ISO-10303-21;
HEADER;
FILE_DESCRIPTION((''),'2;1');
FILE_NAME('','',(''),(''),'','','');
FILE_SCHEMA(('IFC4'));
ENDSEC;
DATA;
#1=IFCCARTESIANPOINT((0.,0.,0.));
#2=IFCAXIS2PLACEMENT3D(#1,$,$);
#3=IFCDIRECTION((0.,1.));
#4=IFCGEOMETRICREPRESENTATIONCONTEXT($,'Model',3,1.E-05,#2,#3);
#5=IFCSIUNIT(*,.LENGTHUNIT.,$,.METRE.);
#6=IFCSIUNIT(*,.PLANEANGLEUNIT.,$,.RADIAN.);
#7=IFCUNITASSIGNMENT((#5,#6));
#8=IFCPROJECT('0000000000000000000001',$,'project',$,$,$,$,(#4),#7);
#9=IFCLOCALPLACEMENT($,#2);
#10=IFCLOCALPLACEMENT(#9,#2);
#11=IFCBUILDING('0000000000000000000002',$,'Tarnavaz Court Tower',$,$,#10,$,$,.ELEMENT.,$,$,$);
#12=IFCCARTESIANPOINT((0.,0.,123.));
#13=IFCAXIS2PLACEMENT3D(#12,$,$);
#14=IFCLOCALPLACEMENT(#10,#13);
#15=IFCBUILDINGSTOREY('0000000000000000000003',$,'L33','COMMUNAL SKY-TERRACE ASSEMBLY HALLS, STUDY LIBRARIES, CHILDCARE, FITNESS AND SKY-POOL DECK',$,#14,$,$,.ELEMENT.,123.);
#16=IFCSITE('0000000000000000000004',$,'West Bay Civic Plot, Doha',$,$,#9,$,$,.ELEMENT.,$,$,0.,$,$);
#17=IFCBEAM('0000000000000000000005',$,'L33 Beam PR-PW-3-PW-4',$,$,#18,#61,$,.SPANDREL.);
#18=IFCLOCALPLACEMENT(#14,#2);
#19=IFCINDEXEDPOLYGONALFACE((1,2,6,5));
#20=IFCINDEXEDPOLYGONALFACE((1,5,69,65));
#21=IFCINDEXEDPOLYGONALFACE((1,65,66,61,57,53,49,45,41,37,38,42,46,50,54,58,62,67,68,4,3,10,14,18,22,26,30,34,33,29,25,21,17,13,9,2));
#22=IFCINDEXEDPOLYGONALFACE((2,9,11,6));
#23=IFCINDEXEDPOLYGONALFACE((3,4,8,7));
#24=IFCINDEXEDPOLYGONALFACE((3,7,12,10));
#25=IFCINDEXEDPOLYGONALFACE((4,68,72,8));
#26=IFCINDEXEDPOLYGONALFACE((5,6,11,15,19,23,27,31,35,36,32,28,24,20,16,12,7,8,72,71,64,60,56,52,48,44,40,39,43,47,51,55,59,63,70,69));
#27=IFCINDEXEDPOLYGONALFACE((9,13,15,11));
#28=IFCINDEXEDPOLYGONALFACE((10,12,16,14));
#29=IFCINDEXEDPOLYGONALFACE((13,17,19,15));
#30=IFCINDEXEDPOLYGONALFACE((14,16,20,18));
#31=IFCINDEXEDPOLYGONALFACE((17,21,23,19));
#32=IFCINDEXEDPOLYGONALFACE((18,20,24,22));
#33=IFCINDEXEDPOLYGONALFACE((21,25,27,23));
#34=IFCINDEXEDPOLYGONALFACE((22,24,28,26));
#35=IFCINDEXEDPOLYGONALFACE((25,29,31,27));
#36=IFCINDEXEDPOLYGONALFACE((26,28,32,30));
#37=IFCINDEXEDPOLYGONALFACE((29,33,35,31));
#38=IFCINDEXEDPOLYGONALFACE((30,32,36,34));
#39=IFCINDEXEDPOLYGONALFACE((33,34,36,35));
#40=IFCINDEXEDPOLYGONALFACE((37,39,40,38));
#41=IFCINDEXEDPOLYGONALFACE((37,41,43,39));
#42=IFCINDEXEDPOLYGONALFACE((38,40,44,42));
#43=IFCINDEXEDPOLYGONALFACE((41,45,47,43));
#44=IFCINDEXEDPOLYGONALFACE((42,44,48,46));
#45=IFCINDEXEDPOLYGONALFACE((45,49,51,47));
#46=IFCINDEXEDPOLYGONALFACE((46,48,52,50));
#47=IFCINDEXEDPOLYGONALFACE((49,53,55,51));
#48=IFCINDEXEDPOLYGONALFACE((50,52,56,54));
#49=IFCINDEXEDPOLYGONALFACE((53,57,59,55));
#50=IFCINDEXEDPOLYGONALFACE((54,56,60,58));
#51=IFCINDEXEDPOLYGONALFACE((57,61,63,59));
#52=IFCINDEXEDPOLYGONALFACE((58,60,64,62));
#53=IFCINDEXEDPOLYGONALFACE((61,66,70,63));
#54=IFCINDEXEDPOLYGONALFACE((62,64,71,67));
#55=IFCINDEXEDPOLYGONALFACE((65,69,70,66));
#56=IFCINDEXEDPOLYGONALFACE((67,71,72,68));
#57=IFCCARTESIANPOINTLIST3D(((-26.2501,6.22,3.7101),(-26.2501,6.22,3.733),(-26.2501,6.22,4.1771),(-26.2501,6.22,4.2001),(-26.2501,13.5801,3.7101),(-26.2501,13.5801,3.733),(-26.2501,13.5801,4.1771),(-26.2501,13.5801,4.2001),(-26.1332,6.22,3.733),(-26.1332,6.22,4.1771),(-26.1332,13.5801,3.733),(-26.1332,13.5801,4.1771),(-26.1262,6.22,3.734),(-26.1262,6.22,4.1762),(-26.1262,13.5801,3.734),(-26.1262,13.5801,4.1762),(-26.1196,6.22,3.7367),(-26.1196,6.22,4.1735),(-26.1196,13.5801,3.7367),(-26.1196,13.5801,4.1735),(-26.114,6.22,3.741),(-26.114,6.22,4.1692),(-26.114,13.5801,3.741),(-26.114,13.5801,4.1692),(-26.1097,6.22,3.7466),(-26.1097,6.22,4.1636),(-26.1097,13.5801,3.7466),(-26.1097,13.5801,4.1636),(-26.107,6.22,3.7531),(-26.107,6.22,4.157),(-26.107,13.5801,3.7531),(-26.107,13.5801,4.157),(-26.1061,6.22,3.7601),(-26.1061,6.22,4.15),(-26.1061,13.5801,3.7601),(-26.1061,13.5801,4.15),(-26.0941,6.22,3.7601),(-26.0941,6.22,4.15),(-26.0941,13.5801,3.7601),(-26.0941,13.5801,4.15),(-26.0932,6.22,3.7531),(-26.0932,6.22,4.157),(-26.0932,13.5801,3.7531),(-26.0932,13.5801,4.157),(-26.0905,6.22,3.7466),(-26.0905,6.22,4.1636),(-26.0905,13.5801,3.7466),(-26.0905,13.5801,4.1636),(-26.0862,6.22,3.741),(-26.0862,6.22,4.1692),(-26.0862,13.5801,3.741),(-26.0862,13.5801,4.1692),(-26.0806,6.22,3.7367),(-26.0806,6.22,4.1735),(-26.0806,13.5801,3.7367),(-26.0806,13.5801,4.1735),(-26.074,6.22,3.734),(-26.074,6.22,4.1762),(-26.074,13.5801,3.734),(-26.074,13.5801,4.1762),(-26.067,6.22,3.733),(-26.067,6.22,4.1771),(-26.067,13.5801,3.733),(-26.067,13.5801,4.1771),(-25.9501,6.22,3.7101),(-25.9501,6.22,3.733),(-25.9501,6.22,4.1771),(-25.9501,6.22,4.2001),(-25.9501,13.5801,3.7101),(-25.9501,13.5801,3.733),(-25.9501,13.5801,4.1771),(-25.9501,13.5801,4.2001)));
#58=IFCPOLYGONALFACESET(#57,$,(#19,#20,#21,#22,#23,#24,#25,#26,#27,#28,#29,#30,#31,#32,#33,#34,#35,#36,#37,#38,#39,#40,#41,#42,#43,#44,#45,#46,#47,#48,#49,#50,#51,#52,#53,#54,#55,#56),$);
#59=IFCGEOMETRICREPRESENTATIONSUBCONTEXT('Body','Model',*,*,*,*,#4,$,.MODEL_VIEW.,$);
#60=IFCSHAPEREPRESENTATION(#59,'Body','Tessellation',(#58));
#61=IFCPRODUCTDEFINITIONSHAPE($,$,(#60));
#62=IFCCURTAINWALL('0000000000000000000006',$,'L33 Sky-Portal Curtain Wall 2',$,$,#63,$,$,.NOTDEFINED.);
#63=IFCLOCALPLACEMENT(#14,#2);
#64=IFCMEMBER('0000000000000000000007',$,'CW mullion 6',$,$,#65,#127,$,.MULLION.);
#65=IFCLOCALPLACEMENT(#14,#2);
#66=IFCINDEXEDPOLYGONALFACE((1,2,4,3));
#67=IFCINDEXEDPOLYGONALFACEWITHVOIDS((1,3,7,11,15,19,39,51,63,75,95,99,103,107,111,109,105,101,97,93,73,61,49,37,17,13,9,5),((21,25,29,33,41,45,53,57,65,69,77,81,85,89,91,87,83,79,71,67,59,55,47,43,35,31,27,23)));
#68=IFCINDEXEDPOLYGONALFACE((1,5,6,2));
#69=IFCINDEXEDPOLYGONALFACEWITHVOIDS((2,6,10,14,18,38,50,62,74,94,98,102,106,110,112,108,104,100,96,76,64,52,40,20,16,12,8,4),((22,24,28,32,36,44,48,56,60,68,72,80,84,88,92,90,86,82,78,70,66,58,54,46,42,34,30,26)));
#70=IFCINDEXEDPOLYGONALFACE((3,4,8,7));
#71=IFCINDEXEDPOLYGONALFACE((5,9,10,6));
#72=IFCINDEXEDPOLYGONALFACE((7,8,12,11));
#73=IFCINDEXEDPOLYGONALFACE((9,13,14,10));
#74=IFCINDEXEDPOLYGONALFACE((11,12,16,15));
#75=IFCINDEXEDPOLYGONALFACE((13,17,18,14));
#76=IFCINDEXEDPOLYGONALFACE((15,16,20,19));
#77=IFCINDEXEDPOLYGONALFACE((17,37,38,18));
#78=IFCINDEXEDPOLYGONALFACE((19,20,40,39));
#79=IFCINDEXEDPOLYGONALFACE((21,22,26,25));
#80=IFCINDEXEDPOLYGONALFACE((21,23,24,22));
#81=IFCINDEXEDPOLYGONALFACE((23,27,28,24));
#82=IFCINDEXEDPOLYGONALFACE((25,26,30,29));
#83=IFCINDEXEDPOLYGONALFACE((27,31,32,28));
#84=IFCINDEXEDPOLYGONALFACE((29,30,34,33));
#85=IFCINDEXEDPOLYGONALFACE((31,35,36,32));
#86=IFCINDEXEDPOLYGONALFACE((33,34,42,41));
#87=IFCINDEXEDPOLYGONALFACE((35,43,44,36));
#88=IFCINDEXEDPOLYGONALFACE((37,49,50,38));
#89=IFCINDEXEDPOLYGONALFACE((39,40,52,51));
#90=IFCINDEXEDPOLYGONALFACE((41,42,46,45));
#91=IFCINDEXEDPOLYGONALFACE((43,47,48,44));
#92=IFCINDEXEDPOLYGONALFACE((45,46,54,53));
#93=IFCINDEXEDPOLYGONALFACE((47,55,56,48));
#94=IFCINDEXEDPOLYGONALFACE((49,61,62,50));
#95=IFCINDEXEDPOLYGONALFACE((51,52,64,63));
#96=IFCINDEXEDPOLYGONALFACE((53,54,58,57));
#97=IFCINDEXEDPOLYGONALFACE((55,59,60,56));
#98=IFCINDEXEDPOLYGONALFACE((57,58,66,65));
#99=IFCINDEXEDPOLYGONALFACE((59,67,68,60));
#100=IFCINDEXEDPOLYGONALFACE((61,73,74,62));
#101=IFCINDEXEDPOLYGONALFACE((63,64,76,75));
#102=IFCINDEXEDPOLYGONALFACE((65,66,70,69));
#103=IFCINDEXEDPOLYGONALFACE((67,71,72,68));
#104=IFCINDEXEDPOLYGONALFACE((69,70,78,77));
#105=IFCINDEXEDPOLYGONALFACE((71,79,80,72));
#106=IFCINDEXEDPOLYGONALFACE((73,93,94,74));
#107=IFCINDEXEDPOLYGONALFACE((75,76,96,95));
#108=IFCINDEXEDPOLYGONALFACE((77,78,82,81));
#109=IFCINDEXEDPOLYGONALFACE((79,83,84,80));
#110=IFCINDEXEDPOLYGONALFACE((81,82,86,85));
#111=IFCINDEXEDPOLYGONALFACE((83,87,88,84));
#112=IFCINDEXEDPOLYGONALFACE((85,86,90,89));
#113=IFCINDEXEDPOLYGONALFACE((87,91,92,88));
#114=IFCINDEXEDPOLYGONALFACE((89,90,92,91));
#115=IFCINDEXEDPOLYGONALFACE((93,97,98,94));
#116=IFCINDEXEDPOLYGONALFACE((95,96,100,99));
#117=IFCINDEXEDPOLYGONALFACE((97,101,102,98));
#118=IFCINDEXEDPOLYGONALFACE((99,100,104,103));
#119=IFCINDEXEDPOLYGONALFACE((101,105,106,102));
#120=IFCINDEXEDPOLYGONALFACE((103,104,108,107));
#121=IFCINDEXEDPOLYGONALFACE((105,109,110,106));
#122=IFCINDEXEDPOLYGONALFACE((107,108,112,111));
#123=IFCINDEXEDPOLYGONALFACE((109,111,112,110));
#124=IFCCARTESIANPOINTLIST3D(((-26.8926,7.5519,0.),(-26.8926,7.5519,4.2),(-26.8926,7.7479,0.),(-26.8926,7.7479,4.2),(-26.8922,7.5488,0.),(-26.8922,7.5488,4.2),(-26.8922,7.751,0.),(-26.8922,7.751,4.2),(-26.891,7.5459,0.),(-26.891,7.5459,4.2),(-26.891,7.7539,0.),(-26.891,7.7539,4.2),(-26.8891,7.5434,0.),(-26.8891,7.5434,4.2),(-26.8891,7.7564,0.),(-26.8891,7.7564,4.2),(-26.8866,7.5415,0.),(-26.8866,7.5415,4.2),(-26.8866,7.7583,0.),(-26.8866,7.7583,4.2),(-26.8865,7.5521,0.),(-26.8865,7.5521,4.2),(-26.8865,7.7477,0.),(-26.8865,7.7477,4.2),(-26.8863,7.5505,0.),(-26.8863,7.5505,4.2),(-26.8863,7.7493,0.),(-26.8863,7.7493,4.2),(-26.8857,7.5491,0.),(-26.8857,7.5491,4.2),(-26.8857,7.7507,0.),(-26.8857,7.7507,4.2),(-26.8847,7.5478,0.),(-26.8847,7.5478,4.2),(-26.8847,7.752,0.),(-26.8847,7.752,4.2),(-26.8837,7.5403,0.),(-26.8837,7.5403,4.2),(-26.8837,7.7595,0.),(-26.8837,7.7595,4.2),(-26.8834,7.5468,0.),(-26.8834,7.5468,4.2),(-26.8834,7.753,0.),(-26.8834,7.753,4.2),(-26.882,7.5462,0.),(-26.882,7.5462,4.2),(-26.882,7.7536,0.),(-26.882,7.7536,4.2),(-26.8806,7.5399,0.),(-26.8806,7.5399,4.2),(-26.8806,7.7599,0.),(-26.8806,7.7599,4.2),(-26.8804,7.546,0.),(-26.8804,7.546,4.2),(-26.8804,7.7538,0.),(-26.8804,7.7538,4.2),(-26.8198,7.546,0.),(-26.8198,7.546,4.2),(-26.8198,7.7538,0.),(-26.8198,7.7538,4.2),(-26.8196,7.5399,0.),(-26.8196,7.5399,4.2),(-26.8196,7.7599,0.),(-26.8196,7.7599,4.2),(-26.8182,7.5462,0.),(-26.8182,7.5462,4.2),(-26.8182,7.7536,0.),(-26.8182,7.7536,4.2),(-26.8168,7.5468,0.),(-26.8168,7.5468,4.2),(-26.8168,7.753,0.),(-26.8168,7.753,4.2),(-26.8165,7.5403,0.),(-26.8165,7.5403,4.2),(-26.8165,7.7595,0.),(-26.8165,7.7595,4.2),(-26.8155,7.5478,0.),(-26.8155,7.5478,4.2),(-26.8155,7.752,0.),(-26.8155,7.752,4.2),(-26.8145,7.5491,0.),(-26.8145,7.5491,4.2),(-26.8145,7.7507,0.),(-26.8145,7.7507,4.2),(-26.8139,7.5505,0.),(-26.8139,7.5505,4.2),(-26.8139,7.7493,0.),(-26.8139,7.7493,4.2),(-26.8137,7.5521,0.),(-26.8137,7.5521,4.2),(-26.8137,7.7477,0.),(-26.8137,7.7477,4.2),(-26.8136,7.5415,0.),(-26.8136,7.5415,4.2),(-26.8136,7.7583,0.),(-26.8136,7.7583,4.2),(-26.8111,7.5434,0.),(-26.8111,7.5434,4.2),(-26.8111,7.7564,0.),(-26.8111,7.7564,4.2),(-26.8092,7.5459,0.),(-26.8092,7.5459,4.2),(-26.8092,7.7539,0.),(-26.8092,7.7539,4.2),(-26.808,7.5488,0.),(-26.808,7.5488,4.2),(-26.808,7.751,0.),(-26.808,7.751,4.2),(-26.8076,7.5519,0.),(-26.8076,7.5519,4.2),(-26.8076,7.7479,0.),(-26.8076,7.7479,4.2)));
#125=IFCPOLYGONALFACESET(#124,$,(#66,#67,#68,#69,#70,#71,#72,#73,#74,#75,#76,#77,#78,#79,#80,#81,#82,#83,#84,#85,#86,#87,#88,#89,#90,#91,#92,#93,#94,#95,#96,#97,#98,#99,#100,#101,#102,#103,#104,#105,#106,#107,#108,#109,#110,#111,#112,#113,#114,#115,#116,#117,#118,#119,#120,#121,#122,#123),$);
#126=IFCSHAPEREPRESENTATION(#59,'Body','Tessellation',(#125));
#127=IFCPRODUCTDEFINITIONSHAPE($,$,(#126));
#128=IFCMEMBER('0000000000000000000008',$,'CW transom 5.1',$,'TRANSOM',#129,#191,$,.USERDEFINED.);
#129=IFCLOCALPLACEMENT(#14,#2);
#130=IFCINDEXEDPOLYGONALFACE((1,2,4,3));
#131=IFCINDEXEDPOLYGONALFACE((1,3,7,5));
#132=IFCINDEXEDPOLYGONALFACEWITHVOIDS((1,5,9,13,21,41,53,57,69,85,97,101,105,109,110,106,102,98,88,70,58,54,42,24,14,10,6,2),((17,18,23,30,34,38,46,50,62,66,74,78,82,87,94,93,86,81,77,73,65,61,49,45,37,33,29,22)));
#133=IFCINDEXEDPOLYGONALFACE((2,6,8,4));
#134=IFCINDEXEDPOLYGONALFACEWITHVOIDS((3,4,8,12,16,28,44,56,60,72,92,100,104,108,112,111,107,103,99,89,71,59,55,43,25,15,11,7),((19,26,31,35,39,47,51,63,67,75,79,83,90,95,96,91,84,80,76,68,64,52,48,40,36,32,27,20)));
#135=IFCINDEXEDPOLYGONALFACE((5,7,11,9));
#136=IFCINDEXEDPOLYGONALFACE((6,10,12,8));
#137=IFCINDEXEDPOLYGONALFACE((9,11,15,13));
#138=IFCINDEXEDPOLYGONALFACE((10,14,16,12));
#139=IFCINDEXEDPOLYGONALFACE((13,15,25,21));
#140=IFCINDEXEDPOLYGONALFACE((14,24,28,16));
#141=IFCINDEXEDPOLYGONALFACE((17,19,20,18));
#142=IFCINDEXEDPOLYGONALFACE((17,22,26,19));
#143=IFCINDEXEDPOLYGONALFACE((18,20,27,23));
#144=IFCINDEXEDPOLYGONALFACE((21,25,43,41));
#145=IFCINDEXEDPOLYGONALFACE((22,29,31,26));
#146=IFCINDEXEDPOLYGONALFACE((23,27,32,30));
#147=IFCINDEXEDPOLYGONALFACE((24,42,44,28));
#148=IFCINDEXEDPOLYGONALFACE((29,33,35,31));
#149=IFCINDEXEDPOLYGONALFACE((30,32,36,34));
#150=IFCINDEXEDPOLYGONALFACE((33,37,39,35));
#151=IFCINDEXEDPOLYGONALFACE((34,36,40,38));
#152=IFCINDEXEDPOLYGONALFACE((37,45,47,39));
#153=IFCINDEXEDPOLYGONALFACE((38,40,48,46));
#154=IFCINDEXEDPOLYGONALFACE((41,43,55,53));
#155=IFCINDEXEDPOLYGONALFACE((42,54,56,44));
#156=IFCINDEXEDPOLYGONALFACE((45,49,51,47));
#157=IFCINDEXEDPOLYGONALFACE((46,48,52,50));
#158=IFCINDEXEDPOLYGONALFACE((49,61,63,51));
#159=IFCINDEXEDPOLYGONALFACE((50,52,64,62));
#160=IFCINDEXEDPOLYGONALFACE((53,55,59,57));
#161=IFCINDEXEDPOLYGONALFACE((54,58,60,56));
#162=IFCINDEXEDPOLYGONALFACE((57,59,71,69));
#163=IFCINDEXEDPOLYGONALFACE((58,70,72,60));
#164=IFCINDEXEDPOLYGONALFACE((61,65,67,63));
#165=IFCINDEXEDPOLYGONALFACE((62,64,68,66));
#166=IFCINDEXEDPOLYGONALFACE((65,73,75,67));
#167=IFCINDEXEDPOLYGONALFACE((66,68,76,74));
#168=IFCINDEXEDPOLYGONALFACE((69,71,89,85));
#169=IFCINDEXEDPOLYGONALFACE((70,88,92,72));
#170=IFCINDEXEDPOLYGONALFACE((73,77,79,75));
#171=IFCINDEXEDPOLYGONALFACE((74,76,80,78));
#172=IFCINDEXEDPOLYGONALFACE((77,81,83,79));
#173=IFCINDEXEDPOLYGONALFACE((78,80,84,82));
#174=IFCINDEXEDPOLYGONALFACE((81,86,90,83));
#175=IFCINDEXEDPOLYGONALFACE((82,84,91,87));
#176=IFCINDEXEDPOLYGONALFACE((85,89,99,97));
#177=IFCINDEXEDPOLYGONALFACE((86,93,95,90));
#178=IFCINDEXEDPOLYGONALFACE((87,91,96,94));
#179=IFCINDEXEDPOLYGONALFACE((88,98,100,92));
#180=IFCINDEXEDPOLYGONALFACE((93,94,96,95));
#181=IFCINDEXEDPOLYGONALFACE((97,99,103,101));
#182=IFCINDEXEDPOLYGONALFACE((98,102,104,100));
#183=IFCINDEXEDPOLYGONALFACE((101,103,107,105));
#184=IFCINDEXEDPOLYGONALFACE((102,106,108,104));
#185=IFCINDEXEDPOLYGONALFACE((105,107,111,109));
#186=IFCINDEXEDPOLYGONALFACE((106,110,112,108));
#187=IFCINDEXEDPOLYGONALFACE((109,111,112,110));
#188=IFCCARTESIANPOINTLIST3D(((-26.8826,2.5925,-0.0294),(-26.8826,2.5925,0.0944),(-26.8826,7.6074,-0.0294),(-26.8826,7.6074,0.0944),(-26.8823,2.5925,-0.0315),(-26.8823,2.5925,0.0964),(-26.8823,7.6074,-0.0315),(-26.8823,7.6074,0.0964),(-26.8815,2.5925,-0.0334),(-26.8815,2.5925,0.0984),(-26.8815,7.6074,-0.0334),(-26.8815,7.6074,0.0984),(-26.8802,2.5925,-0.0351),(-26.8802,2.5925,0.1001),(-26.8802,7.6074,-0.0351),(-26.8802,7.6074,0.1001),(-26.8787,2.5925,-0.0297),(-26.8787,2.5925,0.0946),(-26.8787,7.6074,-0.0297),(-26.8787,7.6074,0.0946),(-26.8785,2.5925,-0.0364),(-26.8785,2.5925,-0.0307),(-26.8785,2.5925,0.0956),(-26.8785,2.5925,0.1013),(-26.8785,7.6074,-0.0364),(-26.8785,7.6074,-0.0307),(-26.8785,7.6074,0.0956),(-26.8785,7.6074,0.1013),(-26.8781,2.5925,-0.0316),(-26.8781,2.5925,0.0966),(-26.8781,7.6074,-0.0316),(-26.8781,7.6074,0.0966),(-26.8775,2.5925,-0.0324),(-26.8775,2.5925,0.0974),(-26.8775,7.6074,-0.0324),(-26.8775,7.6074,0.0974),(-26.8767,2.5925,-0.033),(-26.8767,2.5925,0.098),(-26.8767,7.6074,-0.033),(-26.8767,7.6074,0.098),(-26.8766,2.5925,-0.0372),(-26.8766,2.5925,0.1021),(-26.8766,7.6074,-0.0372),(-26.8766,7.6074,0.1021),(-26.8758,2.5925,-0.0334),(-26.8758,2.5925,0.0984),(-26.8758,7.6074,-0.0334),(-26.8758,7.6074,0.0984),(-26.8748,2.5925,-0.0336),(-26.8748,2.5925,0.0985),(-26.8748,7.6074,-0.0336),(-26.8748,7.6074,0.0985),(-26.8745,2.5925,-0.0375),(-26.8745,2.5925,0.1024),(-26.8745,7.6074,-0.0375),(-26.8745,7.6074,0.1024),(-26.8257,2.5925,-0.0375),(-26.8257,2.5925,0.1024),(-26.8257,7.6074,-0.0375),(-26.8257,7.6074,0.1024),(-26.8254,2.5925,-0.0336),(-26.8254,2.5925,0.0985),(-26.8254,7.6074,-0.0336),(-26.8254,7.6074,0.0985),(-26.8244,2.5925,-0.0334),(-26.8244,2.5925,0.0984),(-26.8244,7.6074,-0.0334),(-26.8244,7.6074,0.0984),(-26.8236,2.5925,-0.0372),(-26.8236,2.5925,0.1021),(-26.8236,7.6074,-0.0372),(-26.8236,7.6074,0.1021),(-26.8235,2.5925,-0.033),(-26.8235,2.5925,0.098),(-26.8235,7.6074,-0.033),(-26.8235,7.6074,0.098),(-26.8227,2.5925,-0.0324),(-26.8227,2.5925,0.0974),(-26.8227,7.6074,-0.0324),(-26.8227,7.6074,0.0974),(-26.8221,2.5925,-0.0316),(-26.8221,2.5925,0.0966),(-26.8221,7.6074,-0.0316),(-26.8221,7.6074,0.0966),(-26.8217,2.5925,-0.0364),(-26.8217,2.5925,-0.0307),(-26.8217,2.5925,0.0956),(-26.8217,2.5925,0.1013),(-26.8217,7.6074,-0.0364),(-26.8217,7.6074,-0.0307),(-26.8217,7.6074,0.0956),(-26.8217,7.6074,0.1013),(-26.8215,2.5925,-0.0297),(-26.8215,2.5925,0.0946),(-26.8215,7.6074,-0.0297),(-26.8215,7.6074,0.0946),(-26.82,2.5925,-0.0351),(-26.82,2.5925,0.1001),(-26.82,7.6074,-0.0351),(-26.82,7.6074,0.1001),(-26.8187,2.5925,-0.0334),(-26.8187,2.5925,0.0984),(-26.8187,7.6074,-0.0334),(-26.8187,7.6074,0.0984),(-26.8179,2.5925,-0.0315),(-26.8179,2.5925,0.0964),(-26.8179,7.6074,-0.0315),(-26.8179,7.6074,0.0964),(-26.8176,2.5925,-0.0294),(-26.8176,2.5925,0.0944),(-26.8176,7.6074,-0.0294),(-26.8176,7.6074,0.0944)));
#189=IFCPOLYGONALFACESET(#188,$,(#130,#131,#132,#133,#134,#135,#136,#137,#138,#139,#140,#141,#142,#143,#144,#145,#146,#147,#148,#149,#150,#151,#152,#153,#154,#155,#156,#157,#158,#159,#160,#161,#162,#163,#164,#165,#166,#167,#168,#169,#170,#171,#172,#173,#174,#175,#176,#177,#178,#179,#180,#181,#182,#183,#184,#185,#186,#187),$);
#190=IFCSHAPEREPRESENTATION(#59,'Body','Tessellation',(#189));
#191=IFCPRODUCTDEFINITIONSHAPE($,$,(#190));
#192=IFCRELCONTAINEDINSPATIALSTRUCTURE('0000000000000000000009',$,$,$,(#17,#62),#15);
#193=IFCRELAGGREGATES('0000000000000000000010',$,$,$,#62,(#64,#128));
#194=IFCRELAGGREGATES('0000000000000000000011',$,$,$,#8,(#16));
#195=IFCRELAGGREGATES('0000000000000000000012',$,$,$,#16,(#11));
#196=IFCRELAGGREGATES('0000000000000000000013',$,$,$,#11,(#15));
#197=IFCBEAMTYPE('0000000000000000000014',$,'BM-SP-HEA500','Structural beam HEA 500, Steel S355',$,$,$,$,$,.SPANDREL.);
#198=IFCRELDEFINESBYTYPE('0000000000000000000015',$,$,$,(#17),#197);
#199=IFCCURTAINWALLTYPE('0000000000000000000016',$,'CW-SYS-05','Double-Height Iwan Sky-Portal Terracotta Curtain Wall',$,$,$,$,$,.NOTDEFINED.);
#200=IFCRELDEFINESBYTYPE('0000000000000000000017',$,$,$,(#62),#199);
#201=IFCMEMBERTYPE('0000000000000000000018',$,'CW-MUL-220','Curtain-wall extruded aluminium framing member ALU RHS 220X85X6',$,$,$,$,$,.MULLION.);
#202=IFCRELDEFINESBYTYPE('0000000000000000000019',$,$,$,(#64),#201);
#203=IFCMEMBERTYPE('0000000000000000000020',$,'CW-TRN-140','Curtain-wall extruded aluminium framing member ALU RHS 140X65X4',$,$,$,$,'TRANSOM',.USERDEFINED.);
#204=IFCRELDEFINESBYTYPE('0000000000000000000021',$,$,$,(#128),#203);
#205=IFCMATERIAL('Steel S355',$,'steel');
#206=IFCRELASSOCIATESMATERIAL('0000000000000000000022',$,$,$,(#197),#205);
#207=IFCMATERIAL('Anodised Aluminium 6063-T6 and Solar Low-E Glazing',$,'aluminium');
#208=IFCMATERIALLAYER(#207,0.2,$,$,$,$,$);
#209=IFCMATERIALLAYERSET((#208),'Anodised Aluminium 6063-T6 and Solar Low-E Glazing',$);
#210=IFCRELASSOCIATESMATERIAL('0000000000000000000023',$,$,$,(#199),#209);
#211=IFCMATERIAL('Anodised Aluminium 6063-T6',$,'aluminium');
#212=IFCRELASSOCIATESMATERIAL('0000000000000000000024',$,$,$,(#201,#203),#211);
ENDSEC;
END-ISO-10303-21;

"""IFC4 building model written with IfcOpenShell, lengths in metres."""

from ifc_helpers import new_model, si_unit, direction, frame, origin, origin_2d, place, context, subcontext, project, spatial, hollow_rectangle, i_section, extrude, material, layer, layer_set, material_profile, profile_set, type_object, element, aggregate, save


model = new_model("IFC4")

# Units and contexts
model_context = context("Model", 3, precision=1e-05, world=origin(), true_north=direction((0.0, 1.0)))
body_context = subcontext(model_context, "Body", "Model", "MODEL_VIEW")
ifc_project = project(units=[si_unit("LENGTHUNIT", "METRE"), si_unit("PLANEANGLEUNIT", "RADIAN")], contexts=[model_context])

# Site, building, storey
site_placement = place(None, origin())
site = spatial("IfcSite", under=ifc_project, at=site_placement, Name="West Bay Civic Plot, Doha", CompositionType="ELEMENT", RefElevation=0.0)
building_placement = place(site_placement, origin())
building = spatial("IfcBuilding", under=site, at=building_placement, Name="Tarnavaz Court Tower", CompositionType="ELEMENT")
storey_placement = place(building_placement, frame((0.0, 0.0, 123.0)))
storey = spatial("IfcBuildingStorey", under=building, at=storey_placement, Name="L33", Description="COMMUNAL SKY-TERRACE ASSEMBLY HALLS, STUDY LIBRARIES, CHILDCARE, FITNESS AND SKY-POOL DECK", CompositionType="ELEMENT", Elevation=123.0)

# Beam
ifc_material_1 = material(Name="Steel S355", Category="steel")
ifc_material_profile_1 = material_profile(ifc_material_1, i_section(OverallWidth=0.3, OverallDepth=0.49, WebThickness=0.012, FlangeThickness=0.0229, FilletRadius=0.0271, at=origin_2d()), Name="HEA 500")
ifc_profile_set_1 = profile_set([ifc_material_profile_1], Name="Steel S355")
beam_type_1 = type_object("IfcBeamType", Name="BM-SP-HEA500", Description="Structural beam HEA 500, Steel S355", PredefinedType="SPANDREL", material=ifc_profile_set_1)
beam_1_placement = place(storey_placement, frame((-26.1001, 6.22, 3.9551), z_axis=(0.0, 1.0, 0.0), x_axis=(-1.0, 0.0, 0.0)))
element("IfcBeam", 1, at=beam_1_placement, inside=storey, type_object=beam_type_1, Name="L33 Beam PR-PW-3-PW-4", PredefinedType="SPANDREL", context=body_context, shape_type="SweptSolid", body=[
    extrude(i_section(OverallWidth=0.3, OverallDepth=0.49, WebThickness=0.012, FlangeThickness=0.0229, FilletRadius=0.0271, at=origin_2d()), origin(), (0.0, 0.0, 1.0), 7.3601),
])

# Curtain wall, members
ifc_material_2 = material(Name="Anodised Aluminium 6063-T6 and Solar Low-E Glazing", Category="aluminium")
ifc_layer_1 = layer(ifc_material_2, 0.2)
ifc_layer_set_1 = layer_set([ifc_layer_1], Name="Anodised Aluminium 6063-T6 and Solar Low-E Glazing")
curtain_wall_type = type_object("IfcCurtainWallType", Name="CW-SYS-05", Description="Double-Height Iwan Sky-Portal Terracotta Curtain Wall", PredefinedType="NOTDEFINED", material=ifc_layer_set_1)
curtain_wall_placement = place(storey_placement, origin())
curtain_wall = element("IfcCurtainWall", 2, at=curtain_wall_placement, inside=storey, type_object=curtain_wall_type, Name="L33 Sky-Portal Curtain Wall 2", PredefinedType="NOTDEFINED")
ifc_material_3 = material(Name="Anodised Aluminium 6063-T6", Category="aluminium")
ifc_material_profile_2 = material_profile(ifc_material_3, hollow_rectangle(XDim=0.085, YDim=0.22, WallThickness=0.0061, InnerFilletRadius=0.0061, OuterFilletRadius=0.012, at=origin_2d()), Name="ALU RHS 220X85X6")
ifc_profile_set_2 = profile_set([ifc_material_profile_2], Name="Anodised Aluminium 6063-T6")
member_type_1 = type_object("IfcMemberType", Name="CW-MUL-220", Description="Curtain-wall extruded aluminium framing member ALU RHS 220X85X6", PredefinedType="MULLION", material=ifc_profile_set_2)
member_1_placement = place(storey_placement, frame((-26.8501, 7.6499, 0.0), z_axis=(0.0, 0.0, 1.0), x_axis=(-1.0, 0.0, 0.0)))
member_1 = element("IfcMember", 3, at=member_1_placement, type_object=member_type_1, Name="CW mullion 6", PredefinedType="MULLION", context=body_context, shape_type="SweptSolid", body=[
    extrude(hollow_rectangle(XDim=0.085, YDim=0.22, WallThickness=0.0061, InnerFilletRadius=0.0061, OuterFilletRadius=0.012, at=origin_2d()), origin(), (0.0, 0.0, 1.0), 4.2),
])
ifc_material_profile_3 = material_profile(ifc_material_3, hollow_rectangle(XDim=0.0649, YDim=0.1399, WallThickness=0.0039, InnerFilletRadius=0.0039, OuterFilletRadius=0.0081, at=origin_2d()), Name="ALU RHS 140X65X4")
ifc_profile_set_3 = profile_set([ifc_material_profile_3], Name="Anodised Aluminium 6063-T6")
member_type_2 = type_object("IfcMemberType", Name="CW-TRN-140", Description="Curtain-wall extruded aluminium framing member ALU RHS 140X65X4", ElementType="TRANSOM", PredefinedType="USERDEFINED", material=ifc_profile_set_3)
member_2_placement = place(storey_placement, frame((-26.8501, 2.5925, 0.0325), z_axis=(0.0, 1.0, 0.0), x_axis=(-1.0, 0.0, 0.0)))
member_2 = element("IfcMember", 4, at=member_2_placement, type_object=member_type_2, Name="CW transom 5.1", ObjectType="TRANSOM", PredefinedType="USERDEFINED", context=body_context, shape_type="SweptSolid", body=[
    extrude(hollow_rectangle(XDim=0.0649, YDim=0.1399, WallThickness=0.0039, InnerFilletRadius=0.0039, OuterFilletRadius=0.0081, at=origin_2d()), origin(), (0.0, 0.0, 1.0), 5.0149),
])
aggregate(curtain_wall, [member_1, member_2])

save(model, "model.ifc")
